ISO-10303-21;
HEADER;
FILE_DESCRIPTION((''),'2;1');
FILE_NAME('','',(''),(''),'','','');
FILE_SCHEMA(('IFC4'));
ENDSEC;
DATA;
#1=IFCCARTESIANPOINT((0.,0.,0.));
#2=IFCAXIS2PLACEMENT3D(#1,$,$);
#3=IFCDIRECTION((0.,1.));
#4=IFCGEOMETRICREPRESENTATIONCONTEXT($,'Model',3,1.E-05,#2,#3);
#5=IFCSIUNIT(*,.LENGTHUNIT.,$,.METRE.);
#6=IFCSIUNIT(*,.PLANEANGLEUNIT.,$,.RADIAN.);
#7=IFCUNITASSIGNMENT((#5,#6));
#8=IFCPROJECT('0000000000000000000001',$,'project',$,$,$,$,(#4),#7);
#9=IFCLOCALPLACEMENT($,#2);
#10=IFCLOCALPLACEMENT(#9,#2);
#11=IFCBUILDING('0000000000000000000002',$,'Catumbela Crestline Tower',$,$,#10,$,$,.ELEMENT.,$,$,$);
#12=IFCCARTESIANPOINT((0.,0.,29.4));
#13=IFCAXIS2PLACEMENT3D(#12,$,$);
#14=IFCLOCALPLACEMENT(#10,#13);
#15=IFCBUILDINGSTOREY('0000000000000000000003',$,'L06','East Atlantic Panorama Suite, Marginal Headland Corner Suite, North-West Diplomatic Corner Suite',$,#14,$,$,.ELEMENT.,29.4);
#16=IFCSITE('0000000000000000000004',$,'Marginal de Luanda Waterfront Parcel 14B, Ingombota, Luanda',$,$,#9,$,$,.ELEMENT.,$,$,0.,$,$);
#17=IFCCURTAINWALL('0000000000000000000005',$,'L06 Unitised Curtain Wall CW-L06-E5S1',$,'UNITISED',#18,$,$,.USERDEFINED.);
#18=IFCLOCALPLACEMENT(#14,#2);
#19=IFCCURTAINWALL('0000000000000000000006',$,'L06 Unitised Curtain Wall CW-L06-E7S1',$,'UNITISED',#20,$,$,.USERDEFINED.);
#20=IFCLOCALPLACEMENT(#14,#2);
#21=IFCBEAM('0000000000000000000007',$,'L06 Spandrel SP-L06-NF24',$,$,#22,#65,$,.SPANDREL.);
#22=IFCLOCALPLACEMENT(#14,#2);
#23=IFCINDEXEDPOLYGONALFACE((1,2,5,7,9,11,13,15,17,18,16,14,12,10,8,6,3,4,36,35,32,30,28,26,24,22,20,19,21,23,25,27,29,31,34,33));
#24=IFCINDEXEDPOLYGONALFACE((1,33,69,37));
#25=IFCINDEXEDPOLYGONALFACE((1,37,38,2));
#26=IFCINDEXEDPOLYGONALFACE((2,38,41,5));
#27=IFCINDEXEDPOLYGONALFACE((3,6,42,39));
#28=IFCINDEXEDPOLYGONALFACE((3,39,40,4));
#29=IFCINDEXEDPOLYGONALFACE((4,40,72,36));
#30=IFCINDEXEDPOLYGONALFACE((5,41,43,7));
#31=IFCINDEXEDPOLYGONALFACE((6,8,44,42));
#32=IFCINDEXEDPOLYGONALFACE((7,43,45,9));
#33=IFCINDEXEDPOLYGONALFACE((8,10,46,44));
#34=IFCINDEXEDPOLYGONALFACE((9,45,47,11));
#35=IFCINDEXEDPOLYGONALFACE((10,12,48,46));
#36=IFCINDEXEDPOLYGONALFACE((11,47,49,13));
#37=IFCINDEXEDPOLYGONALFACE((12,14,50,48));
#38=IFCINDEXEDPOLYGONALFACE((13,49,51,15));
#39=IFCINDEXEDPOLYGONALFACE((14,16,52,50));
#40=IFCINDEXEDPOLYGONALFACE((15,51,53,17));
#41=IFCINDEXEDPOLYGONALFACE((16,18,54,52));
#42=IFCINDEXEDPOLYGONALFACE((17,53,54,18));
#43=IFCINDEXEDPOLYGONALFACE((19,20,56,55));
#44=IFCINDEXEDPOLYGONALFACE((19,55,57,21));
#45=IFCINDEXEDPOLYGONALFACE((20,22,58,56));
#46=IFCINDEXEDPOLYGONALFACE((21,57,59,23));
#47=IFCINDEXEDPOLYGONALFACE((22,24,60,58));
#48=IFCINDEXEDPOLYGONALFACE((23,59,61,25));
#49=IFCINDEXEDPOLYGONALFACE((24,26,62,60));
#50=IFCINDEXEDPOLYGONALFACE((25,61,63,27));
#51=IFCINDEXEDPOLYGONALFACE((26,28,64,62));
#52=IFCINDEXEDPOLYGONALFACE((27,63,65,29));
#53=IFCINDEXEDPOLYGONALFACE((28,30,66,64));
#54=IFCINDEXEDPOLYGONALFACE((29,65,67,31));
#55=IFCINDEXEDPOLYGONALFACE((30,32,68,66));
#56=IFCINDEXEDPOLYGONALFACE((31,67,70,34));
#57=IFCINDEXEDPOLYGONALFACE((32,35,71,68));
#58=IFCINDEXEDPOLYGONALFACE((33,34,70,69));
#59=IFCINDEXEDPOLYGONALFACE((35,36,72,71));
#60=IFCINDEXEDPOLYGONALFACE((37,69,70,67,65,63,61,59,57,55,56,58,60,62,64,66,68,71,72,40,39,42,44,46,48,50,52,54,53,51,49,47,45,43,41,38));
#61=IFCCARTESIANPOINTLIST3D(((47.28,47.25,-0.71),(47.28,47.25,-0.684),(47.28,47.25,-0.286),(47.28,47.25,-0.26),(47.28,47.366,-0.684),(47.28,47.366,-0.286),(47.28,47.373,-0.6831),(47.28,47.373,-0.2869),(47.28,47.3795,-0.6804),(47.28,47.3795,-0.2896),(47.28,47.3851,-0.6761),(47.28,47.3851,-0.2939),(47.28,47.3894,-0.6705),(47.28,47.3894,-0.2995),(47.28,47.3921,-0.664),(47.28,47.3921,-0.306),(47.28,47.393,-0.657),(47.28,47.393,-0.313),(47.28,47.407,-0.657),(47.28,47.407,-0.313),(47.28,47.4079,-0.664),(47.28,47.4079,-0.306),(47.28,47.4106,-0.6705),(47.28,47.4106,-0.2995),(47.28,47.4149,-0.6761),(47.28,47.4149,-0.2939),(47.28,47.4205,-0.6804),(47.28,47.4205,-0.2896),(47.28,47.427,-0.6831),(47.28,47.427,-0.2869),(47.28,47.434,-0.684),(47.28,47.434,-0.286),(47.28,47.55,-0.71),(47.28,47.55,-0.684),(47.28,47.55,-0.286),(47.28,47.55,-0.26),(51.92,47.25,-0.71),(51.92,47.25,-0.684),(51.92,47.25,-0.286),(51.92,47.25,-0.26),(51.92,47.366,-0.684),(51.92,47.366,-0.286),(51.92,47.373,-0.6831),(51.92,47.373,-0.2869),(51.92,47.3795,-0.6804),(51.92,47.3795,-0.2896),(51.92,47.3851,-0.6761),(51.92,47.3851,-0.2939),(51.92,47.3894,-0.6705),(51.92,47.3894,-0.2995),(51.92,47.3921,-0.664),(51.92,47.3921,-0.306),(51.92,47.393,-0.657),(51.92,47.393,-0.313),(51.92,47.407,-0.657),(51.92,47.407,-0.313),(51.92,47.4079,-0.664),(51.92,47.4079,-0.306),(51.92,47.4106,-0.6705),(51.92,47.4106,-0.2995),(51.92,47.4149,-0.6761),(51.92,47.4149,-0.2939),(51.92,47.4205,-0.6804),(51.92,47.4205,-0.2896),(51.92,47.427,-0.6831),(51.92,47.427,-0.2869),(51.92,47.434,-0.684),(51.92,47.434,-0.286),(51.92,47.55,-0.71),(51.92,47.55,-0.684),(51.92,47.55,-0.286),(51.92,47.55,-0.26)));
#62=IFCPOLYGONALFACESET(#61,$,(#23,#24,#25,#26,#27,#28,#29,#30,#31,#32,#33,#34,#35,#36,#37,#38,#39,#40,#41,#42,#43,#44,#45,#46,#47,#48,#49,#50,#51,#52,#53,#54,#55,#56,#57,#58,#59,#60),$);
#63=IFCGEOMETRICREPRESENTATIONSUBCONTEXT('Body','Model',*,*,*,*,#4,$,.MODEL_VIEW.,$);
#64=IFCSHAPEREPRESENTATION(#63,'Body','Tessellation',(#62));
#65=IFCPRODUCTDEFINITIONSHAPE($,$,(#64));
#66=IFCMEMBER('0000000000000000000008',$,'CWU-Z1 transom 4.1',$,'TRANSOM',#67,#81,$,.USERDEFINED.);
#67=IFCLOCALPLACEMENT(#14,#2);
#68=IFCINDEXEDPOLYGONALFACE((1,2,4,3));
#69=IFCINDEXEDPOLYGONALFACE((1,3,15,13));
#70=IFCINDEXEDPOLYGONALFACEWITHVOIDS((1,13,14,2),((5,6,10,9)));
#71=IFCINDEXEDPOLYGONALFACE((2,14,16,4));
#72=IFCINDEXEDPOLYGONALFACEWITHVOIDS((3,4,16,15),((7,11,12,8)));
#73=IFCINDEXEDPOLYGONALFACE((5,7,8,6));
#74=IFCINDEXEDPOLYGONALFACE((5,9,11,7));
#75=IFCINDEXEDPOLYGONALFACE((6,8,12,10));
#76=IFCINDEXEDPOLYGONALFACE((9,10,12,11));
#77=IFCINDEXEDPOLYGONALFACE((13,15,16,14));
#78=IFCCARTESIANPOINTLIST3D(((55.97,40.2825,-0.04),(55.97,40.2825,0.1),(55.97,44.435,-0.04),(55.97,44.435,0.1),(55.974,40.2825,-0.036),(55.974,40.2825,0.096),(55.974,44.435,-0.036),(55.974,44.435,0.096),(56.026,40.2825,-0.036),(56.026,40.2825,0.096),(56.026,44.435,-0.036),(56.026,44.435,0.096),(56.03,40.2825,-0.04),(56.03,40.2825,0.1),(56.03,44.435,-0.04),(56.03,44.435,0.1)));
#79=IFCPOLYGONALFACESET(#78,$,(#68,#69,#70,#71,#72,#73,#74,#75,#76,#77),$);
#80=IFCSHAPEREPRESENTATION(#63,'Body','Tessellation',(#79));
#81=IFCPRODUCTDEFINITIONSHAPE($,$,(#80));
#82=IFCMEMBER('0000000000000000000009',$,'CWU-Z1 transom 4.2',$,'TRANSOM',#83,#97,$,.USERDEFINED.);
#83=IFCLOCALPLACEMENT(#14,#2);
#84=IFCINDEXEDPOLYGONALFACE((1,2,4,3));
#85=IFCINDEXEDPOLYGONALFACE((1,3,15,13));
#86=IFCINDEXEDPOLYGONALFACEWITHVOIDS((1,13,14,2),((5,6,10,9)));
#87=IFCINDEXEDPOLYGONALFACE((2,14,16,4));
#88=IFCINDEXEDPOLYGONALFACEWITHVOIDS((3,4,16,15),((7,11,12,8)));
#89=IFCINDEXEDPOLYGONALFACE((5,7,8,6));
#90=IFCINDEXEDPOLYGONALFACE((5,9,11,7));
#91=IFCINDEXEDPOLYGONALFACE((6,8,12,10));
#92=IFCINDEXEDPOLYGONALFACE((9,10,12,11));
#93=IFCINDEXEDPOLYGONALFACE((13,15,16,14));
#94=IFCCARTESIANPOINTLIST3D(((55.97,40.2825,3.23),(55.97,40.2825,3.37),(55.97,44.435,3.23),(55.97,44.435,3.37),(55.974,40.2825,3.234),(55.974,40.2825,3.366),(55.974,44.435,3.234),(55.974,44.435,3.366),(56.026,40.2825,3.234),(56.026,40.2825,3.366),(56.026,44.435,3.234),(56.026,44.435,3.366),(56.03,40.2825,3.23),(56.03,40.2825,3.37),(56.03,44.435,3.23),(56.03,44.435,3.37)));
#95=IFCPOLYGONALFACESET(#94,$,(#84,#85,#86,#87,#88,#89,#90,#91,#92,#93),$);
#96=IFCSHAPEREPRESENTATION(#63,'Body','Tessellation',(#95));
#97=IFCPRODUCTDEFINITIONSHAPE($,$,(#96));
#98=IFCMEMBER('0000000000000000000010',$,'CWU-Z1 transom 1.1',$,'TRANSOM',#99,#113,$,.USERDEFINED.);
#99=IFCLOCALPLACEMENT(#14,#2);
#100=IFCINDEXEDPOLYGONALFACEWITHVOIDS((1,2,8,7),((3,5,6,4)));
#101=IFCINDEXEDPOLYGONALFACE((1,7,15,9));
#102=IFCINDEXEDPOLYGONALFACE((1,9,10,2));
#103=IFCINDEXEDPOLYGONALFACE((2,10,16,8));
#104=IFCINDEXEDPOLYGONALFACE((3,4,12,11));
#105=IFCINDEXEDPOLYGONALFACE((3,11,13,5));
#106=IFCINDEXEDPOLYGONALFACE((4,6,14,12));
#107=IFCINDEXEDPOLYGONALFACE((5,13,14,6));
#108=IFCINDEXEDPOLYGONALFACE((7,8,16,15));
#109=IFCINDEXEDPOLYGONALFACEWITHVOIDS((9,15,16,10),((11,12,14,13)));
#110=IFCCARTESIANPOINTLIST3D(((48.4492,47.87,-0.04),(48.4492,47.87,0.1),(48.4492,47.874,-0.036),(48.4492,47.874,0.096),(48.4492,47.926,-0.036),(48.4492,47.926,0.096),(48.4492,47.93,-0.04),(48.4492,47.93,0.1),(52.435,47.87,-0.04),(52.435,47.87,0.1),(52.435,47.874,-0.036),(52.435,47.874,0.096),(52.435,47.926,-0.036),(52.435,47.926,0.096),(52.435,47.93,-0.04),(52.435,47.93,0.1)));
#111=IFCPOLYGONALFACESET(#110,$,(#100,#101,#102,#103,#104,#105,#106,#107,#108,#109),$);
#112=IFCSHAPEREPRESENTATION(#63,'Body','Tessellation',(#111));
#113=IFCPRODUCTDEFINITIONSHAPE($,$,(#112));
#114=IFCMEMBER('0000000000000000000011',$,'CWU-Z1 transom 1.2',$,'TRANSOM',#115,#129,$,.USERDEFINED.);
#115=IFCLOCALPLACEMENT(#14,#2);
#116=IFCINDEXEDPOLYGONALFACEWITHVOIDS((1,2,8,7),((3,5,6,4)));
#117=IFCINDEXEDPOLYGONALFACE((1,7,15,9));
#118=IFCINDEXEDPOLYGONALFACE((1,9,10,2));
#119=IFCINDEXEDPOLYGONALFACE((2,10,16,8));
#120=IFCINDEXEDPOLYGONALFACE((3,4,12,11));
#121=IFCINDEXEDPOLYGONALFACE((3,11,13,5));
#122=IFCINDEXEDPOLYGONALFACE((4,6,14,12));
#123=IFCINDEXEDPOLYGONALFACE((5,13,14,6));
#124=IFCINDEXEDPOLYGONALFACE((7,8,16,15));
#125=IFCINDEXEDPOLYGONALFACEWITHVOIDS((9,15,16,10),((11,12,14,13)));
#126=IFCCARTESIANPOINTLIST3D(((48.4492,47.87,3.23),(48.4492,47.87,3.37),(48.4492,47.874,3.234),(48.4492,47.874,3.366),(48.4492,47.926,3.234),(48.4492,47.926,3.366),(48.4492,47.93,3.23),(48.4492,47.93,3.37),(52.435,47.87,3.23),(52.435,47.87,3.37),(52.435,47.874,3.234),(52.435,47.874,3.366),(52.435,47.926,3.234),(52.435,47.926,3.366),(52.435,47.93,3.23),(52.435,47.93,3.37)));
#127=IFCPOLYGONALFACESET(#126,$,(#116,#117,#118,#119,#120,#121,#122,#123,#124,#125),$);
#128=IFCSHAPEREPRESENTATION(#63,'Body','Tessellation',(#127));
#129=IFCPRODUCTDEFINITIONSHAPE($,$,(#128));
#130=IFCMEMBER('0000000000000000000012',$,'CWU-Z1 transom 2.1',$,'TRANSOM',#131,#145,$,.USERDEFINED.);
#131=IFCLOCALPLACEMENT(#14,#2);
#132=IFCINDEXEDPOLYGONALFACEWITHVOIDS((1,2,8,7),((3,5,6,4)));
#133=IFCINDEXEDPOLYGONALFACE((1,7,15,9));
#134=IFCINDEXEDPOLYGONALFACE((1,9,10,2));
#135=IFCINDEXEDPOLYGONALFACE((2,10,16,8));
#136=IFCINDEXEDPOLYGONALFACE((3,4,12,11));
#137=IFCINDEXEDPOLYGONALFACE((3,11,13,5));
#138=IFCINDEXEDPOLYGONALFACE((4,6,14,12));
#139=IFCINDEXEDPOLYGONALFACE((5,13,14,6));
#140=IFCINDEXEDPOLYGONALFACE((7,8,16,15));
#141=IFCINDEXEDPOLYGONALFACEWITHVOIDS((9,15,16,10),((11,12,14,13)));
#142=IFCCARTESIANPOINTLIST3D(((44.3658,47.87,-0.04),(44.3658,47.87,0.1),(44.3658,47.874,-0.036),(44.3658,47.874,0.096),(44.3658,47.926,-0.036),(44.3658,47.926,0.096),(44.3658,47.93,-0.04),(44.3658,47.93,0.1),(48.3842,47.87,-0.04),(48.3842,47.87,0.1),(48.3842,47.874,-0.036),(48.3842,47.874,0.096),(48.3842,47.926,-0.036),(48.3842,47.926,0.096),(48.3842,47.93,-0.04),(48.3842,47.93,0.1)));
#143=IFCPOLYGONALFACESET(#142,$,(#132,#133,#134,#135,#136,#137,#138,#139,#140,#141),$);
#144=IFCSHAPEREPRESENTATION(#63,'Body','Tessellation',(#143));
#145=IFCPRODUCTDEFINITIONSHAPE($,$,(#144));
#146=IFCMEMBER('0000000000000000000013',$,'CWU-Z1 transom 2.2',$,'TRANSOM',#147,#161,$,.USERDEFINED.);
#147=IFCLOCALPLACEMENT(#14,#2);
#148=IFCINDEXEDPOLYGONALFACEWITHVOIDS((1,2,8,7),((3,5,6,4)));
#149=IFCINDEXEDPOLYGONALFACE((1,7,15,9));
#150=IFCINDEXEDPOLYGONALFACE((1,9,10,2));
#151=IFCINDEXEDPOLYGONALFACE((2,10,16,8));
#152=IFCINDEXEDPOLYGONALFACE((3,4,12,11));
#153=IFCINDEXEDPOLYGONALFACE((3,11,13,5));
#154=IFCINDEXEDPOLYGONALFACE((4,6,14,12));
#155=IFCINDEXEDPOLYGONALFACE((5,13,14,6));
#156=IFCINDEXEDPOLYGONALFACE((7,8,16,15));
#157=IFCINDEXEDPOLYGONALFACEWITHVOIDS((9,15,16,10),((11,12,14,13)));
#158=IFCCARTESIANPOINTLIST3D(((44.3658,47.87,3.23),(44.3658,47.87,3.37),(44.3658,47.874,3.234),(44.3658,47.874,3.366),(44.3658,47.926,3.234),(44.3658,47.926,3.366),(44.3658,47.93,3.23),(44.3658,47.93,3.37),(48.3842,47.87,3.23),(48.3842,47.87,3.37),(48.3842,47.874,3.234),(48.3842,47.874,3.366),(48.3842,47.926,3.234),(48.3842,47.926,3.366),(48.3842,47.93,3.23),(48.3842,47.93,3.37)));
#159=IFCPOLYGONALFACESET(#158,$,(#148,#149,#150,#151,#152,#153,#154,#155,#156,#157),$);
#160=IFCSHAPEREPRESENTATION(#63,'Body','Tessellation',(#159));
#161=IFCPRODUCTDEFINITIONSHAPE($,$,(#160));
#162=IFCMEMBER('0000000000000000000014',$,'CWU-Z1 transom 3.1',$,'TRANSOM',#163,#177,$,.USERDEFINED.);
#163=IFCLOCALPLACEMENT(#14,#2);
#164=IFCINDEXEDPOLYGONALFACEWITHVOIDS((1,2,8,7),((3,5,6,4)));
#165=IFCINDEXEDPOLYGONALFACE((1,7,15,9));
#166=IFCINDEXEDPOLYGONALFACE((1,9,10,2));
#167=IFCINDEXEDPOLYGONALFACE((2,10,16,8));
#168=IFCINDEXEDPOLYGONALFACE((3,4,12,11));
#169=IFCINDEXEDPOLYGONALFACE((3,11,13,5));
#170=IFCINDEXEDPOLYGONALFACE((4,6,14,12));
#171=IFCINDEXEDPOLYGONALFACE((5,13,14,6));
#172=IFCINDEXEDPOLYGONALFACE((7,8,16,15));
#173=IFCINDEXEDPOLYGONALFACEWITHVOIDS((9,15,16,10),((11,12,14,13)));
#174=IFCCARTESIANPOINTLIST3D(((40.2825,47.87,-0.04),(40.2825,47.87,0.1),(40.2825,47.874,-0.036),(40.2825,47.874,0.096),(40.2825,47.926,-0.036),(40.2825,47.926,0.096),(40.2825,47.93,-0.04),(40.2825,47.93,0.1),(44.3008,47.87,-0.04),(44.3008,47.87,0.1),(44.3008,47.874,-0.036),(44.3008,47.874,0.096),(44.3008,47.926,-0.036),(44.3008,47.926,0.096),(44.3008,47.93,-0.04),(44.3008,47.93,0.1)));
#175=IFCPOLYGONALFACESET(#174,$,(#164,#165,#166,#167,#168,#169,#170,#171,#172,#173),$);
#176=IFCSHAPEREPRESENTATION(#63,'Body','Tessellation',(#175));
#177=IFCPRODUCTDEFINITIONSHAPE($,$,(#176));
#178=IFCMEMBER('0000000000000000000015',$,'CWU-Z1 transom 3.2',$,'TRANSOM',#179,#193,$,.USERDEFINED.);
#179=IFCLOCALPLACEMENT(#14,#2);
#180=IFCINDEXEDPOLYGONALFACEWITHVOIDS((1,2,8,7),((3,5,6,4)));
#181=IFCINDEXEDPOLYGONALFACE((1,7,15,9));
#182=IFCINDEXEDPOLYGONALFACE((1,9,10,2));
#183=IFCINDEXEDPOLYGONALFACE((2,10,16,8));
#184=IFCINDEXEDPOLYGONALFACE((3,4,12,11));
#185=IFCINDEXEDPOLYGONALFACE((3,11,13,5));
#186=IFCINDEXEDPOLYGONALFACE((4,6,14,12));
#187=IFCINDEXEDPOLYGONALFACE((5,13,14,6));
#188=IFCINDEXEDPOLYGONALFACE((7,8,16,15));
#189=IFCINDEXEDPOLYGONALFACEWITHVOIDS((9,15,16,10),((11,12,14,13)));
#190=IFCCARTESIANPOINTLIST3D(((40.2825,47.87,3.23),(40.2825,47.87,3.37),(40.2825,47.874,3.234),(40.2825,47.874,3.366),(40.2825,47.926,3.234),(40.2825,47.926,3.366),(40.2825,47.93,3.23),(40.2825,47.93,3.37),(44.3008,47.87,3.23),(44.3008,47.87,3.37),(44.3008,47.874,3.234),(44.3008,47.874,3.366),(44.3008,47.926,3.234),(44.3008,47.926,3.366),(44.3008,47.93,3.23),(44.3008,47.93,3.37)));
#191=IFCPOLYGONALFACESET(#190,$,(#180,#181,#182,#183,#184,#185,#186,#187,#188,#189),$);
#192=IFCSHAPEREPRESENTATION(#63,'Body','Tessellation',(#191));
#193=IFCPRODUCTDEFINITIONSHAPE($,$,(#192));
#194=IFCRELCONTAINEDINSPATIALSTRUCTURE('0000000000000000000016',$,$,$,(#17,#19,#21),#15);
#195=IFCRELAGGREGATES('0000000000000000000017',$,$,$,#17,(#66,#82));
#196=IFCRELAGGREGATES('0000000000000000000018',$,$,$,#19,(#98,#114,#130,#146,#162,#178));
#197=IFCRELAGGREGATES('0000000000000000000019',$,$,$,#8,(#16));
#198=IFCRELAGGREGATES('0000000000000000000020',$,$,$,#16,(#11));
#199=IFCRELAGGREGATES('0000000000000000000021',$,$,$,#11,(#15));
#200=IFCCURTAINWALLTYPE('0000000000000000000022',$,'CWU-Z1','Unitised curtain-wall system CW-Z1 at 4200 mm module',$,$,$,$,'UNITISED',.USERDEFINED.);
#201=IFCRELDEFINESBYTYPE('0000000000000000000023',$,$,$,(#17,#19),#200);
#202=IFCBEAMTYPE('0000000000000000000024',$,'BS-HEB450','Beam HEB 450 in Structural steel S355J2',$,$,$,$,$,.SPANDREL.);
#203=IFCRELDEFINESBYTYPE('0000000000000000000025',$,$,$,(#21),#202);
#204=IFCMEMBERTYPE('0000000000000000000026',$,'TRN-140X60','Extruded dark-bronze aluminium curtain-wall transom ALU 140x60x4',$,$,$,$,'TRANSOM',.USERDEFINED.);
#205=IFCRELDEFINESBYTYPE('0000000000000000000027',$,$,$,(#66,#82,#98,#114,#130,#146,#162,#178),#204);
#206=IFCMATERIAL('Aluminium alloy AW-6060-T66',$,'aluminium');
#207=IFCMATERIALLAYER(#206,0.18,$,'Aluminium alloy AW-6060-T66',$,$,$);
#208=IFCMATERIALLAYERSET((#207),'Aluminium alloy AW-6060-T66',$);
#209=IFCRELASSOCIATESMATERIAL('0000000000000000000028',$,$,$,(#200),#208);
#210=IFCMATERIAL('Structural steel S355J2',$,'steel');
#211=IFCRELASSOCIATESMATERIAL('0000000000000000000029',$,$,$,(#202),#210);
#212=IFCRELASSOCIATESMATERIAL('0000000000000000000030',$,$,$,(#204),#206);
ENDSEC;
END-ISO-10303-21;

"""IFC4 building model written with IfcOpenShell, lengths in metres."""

from ifc_helpers import new_model, si_unit, direction, frame, origin, origin_2d, place, context, subcontext, project, spatial, hollow_rectangle, i_section, extrude, material, layer, layer_set, material_profile, profile_set, type_object, element, aggregate, save


model = new_model("IFC4")

# Units and contexts
model_context = context("Model", 3, precision=1e-05, world=origin(), true_north=direction((0.0, 1.0)))
body_context = subcontext(model_context, "Body", "Model", "MODEL_VIEW")
ifc_project = project(units=[si_unit("LENGTHUNIT", "METRE"), si_unit("PLANEANGLEUNIT", "RADIAN")], contexts=[model_context])

# Site, building, storey
site_placement = place(None, origin())
site = spatial("IfcSite", under=ifc_project, at=site_placement, Name="Marginal de Luanda Waterfront Parcel 14B, Ingombota, Luanda", CompositionType="ELEMENT", RefElevation=0.0)
building_placement = place(site_placement, origin())
building = spatial("IfcBuilding", under=site, at=building_placement, Name="Catumbela Crestline Tower", CompositionType="ELEMENT")
storey_placement = place(building_placement, frame((0.0, 0.0, 29.4)))
storey = spatial("IfcBuildingStorey", under=building, at=storey_placement, Name="L06", Description="East Atlantic Panorama Suite, Marginal Headland Corner Suite, North-West Diplomatic Corner Suite", CompositionType="ELEMENT", Elevation=29.4)

# Curtain wall
ifc_material_1 = material(Name="Aluminium alloy AW-6060-T66", Category="aluminium")
ifc_layer_1 = layer(ifc_material_1, 0.18, Name="Aluminium alloy AW-6060-T66")
ifc_layer_set_1 = layer_set([ifc_layer_1], Name="Aluminium alloy AW-6060-T66")
curtain_wall_type = type_object("IfcCurtainWallType", Name="CWU-Z1", Description="Unitised curtain-wall system CW-Z1 at 4200 mm module", ElementType="UNITISED", PredefinedType="USERDEFINED", material=ifc_layer_set_1)
curtain_wall_1_placement = place(storey_placement, origin())
curtain_wall_1 = element("IfcCurtainWall", 1, at=curtain_wall_1_placement, inside=storey, type_object=curtain_wall_type, Name="L06 Unitised Curtain Wall CW-L06-E5S1", ObjectType="UNITISED", PredefinedType="USERDEFINED")

# Curtain wall
curtain_wall_2_placement = place(storey_placement, origin())
curtain_wall_2 = element("IfcCurtainWall", 2, at=curtain_wall_2_placement, inside=storey, type_object=curtain_wall_type, Name="L06 Unitised Curtain Wall CW-L06-E7S1", ObjectType="UNITISED", PredefinedType="USERDEFINED")

# Beam
ifc_material_2 = material(Name="Structural steel S355J2", Category="steel")
ifc_material_profile_1 = material_profile(ifc_material_2, i_section(OverallWidth=0.3, OverallDepth=0.45, WebThickness=0.014, FlangeThickness=0.026, FilletRadius=0.027, at=origin_2d()), Name="HEB 450")
ifc_profile_set_1 = profile_set([ifc_material_profile_1], Name="Structural steel S355J2")
beam_type = type_object("IfcBeamType", Name="BS-HEB450", Description="Beam HEB 450 in Structural steel S355J2", PredefinedType="SPANDREL", material=ifc_profile_set_1)
beam_placement = place(storey_placement, frame((47.28, 47.4, -0.485), z_axis=(1.0, 0.0, 0.0), x_axis=(0.0, 1.0, 0.0)))
element("IfcBeam", 3, at=beam_placement, inside=storey, type_object=beam_type, Name="L06 Spandrel SP-L06-NF24", PredefinedType="SPANDREL", context=body_context, shape_type="SweptSolid", body=[
    extrude(i_section(OverallWidth=0.3, OverallDepth=0.45, WebThickness=0.014, FlangeThickness=0.026, FilletRadius=0.027, at=origin_2d()), origin(), (0.0, 0.0, 1.0), 4.64),
])

# Members
ifc_material_profile_2 = material_profile(ifc_material_1, hollow_rectangle(XDim=0.06, YDim=0.14, WallThickness=0.004, at=origin_2d()), Name="ALU 140x60x4")
ifc_profile_set_2 = profile_set([ifc_material_profile_2], Name="Aluminium alloy AW-6060-T66")
member_type_1 = type_object("IfcMemberType", Name="TRN-140X60", Description="Extruded dark-bronze aluminium curtain-wall transom ALU 140x60x4", ElementType="TRANSOM", PredefinedType="USERDEFINED", material=ifc_profile_set_2)
member_1_placement = place(storey_placement, frame((56.0, 40.2825, 0.03), z_axis=(0.0, 1.0, 0.0), x_axis=(-1.0, 0.0, 0.0)))
member_1 = element("IfcMember", 4, at=member_1_placement, type_object=member_type_1, Name="CWU-Z1 transom 4.1", ObjectType="TRANSOM", PredefinedType="USERDEFINED", context=body_context, shape_type="SweptSolid", body=[
    extrude(hollow_rectangle(XDim=0.06, YDim=0.14, WallThickness=0.004, at=origin_2d()), origin(), (0.0, 0.0, 1.0), 4.1525),
])
member_2_placement = place(storey_placement, frame((56.0, 40.2825, 3.3), z_axis=(0.0, 1.0, 0.0), x_axis=(-1.0, 0.0, 0.0)))
member_2 = element("IfcMember", 5, at=member_2_placement, type_object=member_type_1, Name="CWU-Z1 transom 4.2", ObjectType="TRANSOM", PredefinedType="USERDEFINED", context=body_context, shape_type="SweptSolid", body=[
    extrude(hollow_rectangle(XDim=0.06, YDim=0.14, WallThickness=0.004, at=origin_2d()), origin(), (0.0, 0.0, 1.0), 4.1525),
])
member_3_placement = place(storey_placement, frame((52.435, 47.9, 0.03), z_axis=(-1.0, 0.0, 0.0), x_axis=(0.0, -1.0, 0.0)))
member_3 = element("IfcMember", 6, at=member_3_placement, type_object=member_type_1, Name="CWU-Z1 transom 1.1", ObjectType="TRANSOM", PredefinedType="USERDEFINED", context=body_context, shape_type="SweptSolid", body=[
    extrude(hollow_rectangle(XDim=0.06, YDim=0.14, WallThickness=0.004, at=origin_2d()), origin(), (0.0, 0.0, 1.0), 3.9858),
])
member_4_placement = place(storey_placement, frame((52.435, 47.9, 3.3), z_axis=(-1.0, 0.0, 0.0), x_axis=(0.0, -1.0, 0.0)))
member_4 = element("IfcMember", 7, at=member_4_placement, type_object=member_type_1, Name="CWU-Z1 transom 1.2", ObjectType="TRANSOM", PredefinedType="USERDEFINED", context=body_context, shape_type="SweptSolid", body=[
    extrude(hollow_rectangle(XDim=0.06, YDim=0.14, WallThickness=0.004, at=origin_2d()), origin(), (0.0, 0.0, 1.0), 3.9858),
])
member_5_placement = place(storey_placement, frame((48.3842, 47.9, 0.03), z_axis=(-1.0, 0.0, 0.0), x_axis=(0.0, -1.0, 0.0)))
member_5 = element("IfcMember", 8, at=member_5_placement, type_object=member_type_1, Name="CWU-Z1 transom 2.1", ObjectType="TRANSOM", PredefinedType="USERDEFINED", context=body_context, shape_type="SweptSolid", body=[
    extrude(hollow_rectangle(XDim=0.06, YDim=0.14, WallThickness=0.004, at=origin_2d()), origin(), (0.0, 0.0, 1.0), 4.0184),
])
member_6_placement = place(storey_placement, frame((48.3842, 47.9, 3.3), z_axis=(-1.0, 0.0, 0.0), x_axis=(0.0, -1.0, 0.0)))
member_6 = element("IfcMember", 9, at=member_6_placement, type_object=member_type_1, Name="CWU-Z1 transom 2.2", ObjectType="TRANSOM", PredefinedType="USERDEFINED", context=body_context, shape_type="SweptSolid", body=[
    extrude(hollow_rectangle(XDim=0.06, YDim=0.14, WallThickness=0.004, at=origin_2d()), origin(), (0.0, 0.0, 1.0), 4.0184),
])
member_7_placement = place(storey_placement, frame((44.3008, 47.9, 0.03), z_axis=(-1.0, 0.0, 0.0), x_axis=(0.0, -1.0, 0.0)))
member_7 = element("IfcMember", 10, at=member_7_placement, type_object=member_type_1, Name="CWU-Z1 transom 3.1", ObjectType="TRANSOM", PredefinedType="USERDEFINED", context=body_context, shape_type="SweptSolid", body=[
    extrude(hollow_rectangle(XDim=0.06, YDim=0.14, WallThickness=0.004, at=origin_2d()), origin(), (0.0, 0.0, 1.0), 4.0183),
])
member_8_placement = place(storey_placement, frame((44.3008, 47.9, 3.3), z_axis=(-1.0, 0.0, 0.0), x_axis=(0.0, -1.0, 0.0)))
member_8 = element("IfcMember", 11, at=member_8_placement, type_object=member_type_1, Name="CWU-Z1 transom 3.2", ObjectType="TRANSOM", PredefinedType="USERDEFINED", context=body_context, shape_type="SweptSolid", body=[
    extrude(hollow_rectangle(XDim=0.06, YDim=0.14, WallThickness=0.004, at=origin_2d()), origin(), (0.0, 0.0, 1.0), 4.0183),
])

aggregate(curtain_wall_1, [member_1, member_2])
aggregate(curtain_wall_2, [member_3, member_4, member_5, member_6, member_7, member_8])

save(model, "model.ifc")
